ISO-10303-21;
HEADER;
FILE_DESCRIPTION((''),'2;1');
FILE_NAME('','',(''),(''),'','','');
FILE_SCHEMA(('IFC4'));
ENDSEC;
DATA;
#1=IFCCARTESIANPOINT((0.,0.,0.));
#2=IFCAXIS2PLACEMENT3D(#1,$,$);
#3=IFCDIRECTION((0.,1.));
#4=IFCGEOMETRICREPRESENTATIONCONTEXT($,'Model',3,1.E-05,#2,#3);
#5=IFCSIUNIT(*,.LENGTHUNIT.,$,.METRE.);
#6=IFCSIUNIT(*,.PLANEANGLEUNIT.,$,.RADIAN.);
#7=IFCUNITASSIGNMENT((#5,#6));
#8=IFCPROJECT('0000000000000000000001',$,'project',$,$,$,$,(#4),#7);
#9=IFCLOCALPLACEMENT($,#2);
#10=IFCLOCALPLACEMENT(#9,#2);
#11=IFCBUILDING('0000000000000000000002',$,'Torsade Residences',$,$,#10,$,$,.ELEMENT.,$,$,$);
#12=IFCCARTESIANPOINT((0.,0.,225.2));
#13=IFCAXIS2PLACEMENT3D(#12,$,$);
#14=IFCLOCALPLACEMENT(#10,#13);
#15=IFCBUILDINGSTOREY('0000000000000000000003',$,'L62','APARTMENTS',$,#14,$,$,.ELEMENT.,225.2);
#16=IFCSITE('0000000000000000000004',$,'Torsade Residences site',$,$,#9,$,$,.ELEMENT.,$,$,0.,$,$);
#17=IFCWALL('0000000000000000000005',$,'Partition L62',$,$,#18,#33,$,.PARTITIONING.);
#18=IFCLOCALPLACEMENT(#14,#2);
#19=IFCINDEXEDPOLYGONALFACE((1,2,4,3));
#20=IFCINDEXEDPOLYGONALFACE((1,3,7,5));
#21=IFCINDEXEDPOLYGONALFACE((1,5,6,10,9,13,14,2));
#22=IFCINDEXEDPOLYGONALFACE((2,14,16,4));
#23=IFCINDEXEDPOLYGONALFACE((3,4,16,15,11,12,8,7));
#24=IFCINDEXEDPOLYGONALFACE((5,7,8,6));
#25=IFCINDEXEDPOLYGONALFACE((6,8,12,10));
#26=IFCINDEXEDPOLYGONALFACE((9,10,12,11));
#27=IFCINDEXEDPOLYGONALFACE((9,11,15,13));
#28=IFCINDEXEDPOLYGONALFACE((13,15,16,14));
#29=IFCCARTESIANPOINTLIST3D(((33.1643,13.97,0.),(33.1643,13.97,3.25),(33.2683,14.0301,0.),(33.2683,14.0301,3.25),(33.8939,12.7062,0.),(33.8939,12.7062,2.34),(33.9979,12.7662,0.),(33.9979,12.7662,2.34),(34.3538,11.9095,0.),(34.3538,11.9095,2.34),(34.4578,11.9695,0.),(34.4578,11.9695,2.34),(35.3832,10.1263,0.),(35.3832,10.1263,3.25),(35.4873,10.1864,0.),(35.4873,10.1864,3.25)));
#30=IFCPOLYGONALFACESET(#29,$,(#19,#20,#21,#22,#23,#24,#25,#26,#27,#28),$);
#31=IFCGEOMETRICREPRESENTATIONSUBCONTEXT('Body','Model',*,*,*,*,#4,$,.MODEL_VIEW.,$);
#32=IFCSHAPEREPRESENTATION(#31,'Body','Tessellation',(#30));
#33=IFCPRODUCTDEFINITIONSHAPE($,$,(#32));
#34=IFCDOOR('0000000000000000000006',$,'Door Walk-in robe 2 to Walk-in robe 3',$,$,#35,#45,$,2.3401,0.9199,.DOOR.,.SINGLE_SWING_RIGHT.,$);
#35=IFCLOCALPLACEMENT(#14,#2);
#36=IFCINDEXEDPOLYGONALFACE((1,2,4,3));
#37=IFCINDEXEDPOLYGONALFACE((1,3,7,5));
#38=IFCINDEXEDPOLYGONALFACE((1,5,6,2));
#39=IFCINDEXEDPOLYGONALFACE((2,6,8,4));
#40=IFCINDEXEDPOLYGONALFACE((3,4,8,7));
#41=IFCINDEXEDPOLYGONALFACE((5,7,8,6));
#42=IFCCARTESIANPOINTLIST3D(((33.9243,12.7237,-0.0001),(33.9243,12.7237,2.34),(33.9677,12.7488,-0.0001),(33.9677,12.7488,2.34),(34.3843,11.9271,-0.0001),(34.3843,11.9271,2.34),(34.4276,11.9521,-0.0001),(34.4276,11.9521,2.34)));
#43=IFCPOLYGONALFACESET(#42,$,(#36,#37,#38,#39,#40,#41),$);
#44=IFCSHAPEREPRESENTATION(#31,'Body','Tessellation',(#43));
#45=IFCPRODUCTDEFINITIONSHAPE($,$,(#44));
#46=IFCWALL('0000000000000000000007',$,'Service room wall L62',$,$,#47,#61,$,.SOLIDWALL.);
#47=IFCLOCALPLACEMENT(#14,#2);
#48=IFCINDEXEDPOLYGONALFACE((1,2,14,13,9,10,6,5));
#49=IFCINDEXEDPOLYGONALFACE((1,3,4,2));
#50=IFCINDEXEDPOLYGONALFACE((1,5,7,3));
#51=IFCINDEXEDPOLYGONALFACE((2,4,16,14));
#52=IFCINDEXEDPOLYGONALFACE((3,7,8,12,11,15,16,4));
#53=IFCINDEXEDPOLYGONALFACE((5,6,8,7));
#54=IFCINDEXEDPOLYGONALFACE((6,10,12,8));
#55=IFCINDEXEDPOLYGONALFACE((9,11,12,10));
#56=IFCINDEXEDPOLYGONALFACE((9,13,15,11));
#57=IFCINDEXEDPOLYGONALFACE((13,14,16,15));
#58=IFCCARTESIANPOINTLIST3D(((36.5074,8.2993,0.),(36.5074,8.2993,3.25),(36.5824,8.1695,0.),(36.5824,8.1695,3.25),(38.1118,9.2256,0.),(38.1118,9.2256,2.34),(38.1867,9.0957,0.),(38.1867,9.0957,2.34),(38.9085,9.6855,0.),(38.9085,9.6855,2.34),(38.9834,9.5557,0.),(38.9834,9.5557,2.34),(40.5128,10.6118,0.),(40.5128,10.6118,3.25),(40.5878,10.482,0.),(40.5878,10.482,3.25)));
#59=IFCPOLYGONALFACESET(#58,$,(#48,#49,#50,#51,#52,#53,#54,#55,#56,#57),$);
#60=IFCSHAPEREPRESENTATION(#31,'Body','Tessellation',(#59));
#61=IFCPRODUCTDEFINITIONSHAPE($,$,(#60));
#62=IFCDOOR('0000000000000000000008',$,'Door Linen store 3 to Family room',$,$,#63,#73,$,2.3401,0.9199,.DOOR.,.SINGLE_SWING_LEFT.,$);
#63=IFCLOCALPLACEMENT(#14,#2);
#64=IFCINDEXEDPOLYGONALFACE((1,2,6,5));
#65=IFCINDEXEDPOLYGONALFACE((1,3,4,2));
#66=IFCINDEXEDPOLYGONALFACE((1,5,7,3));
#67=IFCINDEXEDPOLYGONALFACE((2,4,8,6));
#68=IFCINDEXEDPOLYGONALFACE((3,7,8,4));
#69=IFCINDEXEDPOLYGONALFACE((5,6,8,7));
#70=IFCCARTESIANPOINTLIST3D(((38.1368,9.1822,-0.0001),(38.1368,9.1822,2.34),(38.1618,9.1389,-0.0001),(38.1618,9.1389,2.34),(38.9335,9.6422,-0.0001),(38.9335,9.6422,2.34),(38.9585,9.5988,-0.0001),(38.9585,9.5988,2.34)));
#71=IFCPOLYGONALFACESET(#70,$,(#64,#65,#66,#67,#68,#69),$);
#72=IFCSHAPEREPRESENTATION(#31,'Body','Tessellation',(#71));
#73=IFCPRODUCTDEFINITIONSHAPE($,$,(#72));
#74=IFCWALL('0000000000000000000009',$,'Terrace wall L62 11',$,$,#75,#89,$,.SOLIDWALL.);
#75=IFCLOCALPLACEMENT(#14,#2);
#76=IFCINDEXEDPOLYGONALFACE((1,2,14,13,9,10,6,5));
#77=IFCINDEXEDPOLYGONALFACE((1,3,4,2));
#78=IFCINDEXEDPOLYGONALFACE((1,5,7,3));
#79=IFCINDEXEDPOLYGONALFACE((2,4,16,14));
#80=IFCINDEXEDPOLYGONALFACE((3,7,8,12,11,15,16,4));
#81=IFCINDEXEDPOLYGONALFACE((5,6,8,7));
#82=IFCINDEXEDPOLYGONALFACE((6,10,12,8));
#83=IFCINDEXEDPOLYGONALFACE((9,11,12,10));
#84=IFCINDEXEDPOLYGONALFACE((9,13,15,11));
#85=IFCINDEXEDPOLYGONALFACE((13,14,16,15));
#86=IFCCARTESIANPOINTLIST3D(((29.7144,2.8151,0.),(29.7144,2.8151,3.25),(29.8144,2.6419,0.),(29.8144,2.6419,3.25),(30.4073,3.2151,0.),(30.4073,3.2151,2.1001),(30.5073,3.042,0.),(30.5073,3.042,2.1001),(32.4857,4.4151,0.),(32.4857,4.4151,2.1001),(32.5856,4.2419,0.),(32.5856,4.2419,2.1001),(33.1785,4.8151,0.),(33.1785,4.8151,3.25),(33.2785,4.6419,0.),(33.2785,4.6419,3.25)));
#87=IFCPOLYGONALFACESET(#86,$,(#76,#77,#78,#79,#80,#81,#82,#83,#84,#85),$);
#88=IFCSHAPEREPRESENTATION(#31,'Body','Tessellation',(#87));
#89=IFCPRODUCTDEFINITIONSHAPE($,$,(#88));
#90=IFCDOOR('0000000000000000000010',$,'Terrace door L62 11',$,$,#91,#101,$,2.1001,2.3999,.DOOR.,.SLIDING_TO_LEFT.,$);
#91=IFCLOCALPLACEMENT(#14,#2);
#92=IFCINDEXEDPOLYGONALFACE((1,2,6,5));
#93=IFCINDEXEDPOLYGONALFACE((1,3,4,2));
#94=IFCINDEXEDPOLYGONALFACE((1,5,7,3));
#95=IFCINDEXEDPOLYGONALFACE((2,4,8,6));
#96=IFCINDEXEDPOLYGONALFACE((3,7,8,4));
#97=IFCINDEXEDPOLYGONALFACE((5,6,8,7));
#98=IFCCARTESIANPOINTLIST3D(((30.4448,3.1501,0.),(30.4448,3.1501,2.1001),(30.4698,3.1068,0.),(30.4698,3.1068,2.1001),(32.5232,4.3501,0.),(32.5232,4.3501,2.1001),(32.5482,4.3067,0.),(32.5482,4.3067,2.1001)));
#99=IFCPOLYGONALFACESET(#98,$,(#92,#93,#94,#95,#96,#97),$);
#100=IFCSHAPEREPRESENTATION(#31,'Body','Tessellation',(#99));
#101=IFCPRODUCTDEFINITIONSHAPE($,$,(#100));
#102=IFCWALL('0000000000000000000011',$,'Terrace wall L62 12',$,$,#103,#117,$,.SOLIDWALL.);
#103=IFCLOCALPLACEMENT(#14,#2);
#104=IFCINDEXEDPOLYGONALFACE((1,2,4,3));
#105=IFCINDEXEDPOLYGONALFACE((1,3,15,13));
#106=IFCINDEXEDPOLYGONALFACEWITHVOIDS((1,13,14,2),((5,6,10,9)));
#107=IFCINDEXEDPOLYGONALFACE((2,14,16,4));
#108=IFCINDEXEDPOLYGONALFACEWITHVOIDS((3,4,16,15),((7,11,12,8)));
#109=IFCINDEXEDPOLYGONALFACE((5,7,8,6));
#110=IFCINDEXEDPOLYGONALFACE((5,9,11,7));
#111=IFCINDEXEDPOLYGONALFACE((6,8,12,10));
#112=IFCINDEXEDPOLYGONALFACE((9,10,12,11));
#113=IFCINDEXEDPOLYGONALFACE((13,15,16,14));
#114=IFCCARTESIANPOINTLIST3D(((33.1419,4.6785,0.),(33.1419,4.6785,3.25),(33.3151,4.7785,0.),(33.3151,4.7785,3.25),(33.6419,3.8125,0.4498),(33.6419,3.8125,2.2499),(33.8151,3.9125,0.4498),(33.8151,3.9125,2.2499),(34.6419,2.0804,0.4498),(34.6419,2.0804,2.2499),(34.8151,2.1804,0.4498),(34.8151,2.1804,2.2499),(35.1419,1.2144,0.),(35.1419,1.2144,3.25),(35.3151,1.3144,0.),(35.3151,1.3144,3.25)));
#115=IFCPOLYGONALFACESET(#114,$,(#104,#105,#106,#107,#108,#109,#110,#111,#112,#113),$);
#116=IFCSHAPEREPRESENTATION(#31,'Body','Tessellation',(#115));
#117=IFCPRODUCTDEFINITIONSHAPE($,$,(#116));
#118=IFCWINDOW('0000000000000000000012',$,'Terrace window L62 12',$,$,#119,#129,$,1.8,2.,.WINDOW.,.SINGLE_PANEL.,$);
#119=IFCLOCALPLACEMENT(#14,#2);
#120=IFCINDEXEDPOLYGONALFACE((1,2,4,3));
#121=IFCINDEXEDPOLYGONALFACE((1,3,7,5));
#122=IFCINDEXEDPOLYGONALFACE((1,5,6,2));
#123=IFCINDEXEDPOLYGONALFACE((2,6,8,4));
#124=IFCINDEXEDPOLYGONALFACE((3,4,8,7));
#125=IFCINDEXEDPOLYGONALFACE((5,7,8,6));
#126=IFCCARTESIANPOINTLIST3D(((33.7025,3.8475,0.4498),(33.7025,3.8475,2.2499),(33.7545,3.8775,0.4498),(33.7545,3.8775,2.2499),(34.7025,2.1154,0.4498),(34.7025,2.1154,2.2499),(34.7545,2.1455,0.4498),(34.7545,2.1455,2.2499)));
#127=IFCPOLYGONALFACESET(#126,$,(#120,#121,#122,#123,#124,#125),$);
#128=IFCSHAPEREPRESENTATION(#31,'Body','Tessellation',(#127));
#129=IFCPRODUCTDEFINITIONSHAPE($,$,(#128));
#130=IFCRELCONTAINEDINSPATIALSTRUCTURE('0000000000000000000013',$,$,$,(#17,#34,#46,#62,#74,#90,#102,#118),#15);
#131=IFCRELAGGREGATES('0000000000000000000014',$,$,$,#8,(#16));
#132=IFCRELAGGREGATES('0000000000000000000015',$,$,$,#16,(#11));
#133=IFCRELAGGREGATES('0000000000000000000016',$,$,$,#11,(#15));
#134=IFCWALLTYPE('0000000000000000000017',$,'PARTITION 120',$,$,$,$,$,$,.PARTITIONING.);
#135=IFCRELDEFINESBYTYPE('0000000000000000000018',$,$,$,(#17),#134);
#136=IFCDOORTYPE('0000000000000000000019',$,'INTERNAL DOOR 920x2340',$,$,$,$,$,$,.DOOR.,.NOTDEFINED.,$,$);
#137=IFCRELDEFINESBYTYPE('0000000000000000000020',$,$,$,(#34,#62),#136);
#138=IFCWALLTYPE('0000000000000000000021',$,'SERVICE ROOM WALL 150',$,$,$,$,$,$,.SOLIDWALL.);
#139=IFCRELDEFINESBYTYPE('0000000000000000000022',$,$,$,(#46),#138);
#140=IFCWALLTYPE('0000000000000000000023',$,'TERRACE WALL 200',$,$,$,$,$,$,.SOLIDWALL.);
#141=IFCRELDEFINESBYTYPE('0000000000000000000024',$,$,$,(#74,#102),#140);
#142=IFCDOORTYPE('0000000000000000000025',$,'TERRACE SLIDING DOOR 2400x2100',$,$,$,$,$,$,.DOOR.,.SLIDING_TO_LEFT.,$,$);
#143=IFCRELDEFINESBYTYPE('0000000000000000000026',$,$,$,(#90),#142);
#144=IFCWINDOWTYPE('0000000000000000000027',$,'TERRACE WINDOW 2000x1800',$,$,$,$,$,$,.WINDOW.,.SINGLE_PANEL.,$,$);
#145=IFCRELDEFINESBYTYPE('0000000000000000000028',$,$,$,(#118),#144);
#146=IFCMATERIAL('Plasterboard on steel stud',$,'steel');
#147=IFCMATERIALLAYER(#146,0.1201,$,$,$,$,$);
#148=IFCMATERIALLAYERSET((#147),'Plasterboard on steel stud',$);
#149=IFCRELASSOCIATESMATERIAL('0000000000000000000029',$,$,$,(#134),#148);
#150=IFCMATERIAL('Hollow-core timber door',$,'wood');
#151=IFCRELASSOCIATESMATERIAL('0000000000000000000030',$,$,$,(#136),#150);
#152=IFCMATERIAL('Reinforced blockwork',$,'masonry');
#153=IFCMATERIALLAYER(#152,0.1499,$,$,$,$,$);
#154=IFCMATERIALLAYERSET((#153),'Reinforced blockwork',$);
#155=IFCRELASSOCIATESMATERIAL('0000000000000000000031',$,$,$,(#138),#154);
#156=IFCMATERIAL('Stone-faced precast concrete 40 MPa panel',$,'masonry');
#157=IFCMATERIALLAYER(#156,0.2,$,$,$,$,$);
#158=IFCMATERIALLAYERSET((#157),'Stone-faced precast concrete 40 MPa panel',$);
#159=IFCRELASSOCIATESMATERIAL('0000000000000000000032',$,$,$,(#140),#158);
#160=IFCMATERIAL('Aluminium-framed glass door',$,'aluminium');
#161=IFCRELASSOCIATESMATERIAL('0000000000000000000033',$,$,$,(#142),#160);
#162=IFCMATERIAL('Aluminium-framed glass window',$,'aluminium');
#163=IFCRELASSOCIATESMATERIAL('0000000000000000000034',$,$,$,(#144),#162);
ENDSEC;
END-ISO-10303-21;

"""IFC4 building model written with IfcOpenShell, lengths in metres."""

from ifc_helpers import new_model, si_unit, direction, frame, frame_2d, origin, place, context, subcontext, project, spatial, rectangle, extrude, material, layer, layer_set, type_object, element, fill, save


model = new_model("IFC4")

# Units and contexts
model_context = context("Model", 3, precision=1e-05, world=origin(), true_north=direction((0.0, 1.0)))
body_context = subcontext(model_context, "Body", "Model", "MODEL_VIEW")
ifc_project = project(units=[si_unit("LENGTHUNIT", "METRE"), si_unit("PLANEANGLEUNIT", "RADIAN")], contexts=[model_context])

# Site, building, storey
site_placement = place(None, origin())
site = spatial("IfcSite", under=ifc_project, at=site_placement, Name="Torsade Residences site", CompositionType="ELEMENT", RefElevation=0.0)
building_placement = place(site_placement, origin())
building = spatial("IfcBuilding", under=site, at=building_placement, Name="Torsade Residences", CompositionType="ELEMENT")
storey_placement = place(building_placement, frame((0.0, 0.0, 225.2)))
storey = spatial("IfcBuildingStorey", under=building, at=storey_placement, Name="L62", Description="APARTMENTS", CompositionType="ELEMENT", Elevation=225.2)

# Shared definitions
ifc_material_1 = material(Name="Plasterboard on steel stud", Category="steel")
ifc_layer_1 = layer(ifc_material_1, 0.1201)
ifc_layer_set_1 = layer_set([ifc_layer_1], Name="Plasterboard on steel stud")
wall_type_1 = type_object("IfcWallType", Name="PARTITION 120", PredefinedType="PARTITIONING", material=ifc_layer_set_1)

# Walls, openings, doors
wall_1_placement = place(storey_placement, frame((35.4353, 10.1562, 0.0), z_axis=(0.0, 0.0, 1.0), x_axis=(-0.499967, 0.866045, 0.0)))
wall_1 = element("IfcWall", 1, at=wall_1_placement, inside=storey, type_object=wall_type_1, Name="Partition L62", PredefinedType="PARTITIONING", context=body_context, shape_type="SweptSolid", body=[
    extrude(rectangle(XDim=4.4382, YDim=0.1201, at=frame_2d((2.2192, 0.0))), origin(), (0.0, 0.0, 1.0), 3.25),
])
opening_1_placement = place(wall_1_placement, frame((2.0591, 0.0, 0.0)))
opening_1 = element("IfcOpeningElement", 2, at=opening_1_placement, cuts=wall_1, PredefinedType="OPENING", context=body_context, shape_type="SweptSolid", body=[
    extrude(rectangle(XDim=0.9199, YDim=2.3401, at=frame_2d((0.46, 1.1699))), frame((0.0, 0.0701, 0.0), z_axis=(0.0, -1.0, 0.0), x_axis=(1.0, 0.0, 0.0)), (0.0, 0.0, 1.0), 0.1401),
])
ifc_material_2 = material(Name="Hollow-core timber door", Category="wood")
door_type_1 = type_object("IfcDoorType", Name="INTERNAL DOOR 920x2340", OperationType="NOTDEFINED", PredefinedType="DOOR", material=ifc_material_2)
door_1_placement = place(opening_1_placement, origin())
door_1 = element("IfcDoor", 3, at=door_1_placement, inside=storey, type_object=door_type_1, Name="Door Walk-in robe 2 to Walk-in robe 3", OperationType="SINGLE_SWING_RIGHT", OverallHeight=2.3401, OverallWidth=0.9199, PredefinedType="DOOR", context=body_context, shape_type="SweptSolid", body=[
    extrude(rectangle(XDim=0.9199, YDim=2.3401, at=frame_2d((0.46, 1.1699))), frame((0.0, 0.0249, 0.0), z_axis=(0.0, -1.0, 0.0), x_axis=(1.0, 0.0, 0.0)), (0.0, 0.0, 1.0), 0.05),
])
fill(opening_1, door_1)
ifc_material_3 = material(Name="Reinforced blockwork", Category="masonry")
ifc_layer_2 = layer(ifc_material_3, 0.1499)
ifc_layer_set_2 = layer_set([ifc_layer_2], Name="Reinforced blockwork")
wall_type_2 = type_object("IfcWallType", Name="SERVICE ROOM WALL 150", PredefinedType="SOLIDWALL", material=ifc_layer_set_2)
wall_2_placement = place(storey_placement, frame((36.5449, 8.2344, 0.0), z_axis=(0.0, 0.0, 1.0), x_axis=(0.866026, 0.5, 0.0)))
wall_2 = element("IfcWall", 4, at=wall_2_placement, inside=storey, type_object=wall_type_2, Name="Service room wall L62", PredefinedType="SOLIDWALL", context=body_context, shape_type="SweptSolid", body=[
    extrude(rectangle(XDim=4.625, YDim=0.1499, at=frame_2d((2.3125, 0.0))), origin(), (0.0, 0.0, 1.0), 3.25),
])
opening_2_placement = place(wall_2_placement, frame((1.8525, 0.0, 0.0)))
opening_2 = element("IfcOpeningElement", 5, at=opening_2_placement, cuts=wall_2, PredefinedType="OPENING", context=body_context, shape_type="SweptSolid", body=[
    extrude(rectangle(XDim=0.9199, YDim=2.3401, at=frame_2d((0.46, 1.1699))), frame((0.0, 0.085, 0.0), z_axis=(0.0, -1.0, 0.0), x_axis=(1.0, 0.0, 0.0)), (0.0, 0.0, 1.0), 0.1699),
])
door_2_placement = place(opening_2_placement, origin())
door_2 = element("IfcDoor", 6, at=door_2_placement, inside=storey, type_object=door_type_1, Name="Door Linen store 3 to Family room", OperationType="SINGLE_SWING_LEFT", OverallHeight=2.3401, OverallWidth=0.9199, PredefinedType="DOOR", context=body_context, shape_type="SweptSolid", body=[
    extrude(rectangle(XDim=0.9199, YDim=2.3401, at=frame_2d((0.46, 1.1699))), frame((0.0, 0.0249, 0.0), z_axis=(0.0, -1.0, 0.0), x_axis=(1.0, 0.0, 0.0)), (0.0, 0.0, 1.0), 0.05),
])
fill(opening_2, door_2)
ifc_material_4 = material(Name="Stone-faced precast concrete 40 MPa panel", Category="masonry")
ifc_layer_3 = layer(ifc_material_4, 0.2)
ifc_layer_set_3 = layer_set([ifc_layer_3], Name="Stone-faced precast concrete 40 MPa panel")
wall_type_3 = type_object("IfcWallType", Name="TERRACE WALL 200", PredefinedType="SOLIDWALL", material=ifc_layer_set_3)
wall_3_placement = place(storey_placement, frame((29.7644, 2.7285, 0.0), z_axis=(0.0, 0.0, 1.0), x_axis=(0.866026, 0.499999, 0.0)))
wall_3 = element("IfcWall", 7, at=wall_3_placement, inside=storey, type_object=wall_type_3, Name="Terrace wall L62 11", PredefinedType="SOLIDWALL", context=body_context, shape_type="SweptSolid", body=[
    extrude(rectangle(XDim=4.0, YDim=0.2, at=frame_2d((2.0, 0.0))), origin(), (0.0, 0.0, 1.0), 3.25),
])
opening_3_placement = place(wall_3_placement, frame((0.8, 0.0, 0.0)))
opening_3 = element("IfcOpeningElement", 8, at=opening_3_placement, cuts=wall_3, PredefinedType="OPENING", context=body_context, shape_type="SweptSolid", body=[
    extrude(rectangle(XDim=2.3999, YDim=2.1001, at=frame_2d((1.2, 1.05))), frame((0.0, 0.1099, 0.0), z_axis=(0.0, -1.0, 0.0), x_axis=(1.0, 0.0, 0.0)), (0.0, 0.0, 1.0), 0.22),
])
ifc_material_5 = material(Name="Aluminium-framed glass door", Category="aluminium")
door_type_2 = type_object("IfcDoorType", Name="TERRACE SLIDING DOOR 2400x2100", OperationType="SLIDING_TO_LEFT", PredefinedType="DOOR", material=ifc_material_5)
door_3_placement = place(opening_3_placement, origin())
door_3 = element("IfcDoor", 9, at=door_3_placement, inside=storey, type_object=door_type_2, Name="Terrace door L62 11", OperationType="SLIDING_TO_LEFT", OverallHeight=2.1001, OverallWidth=2.3999, PredefinedType="DOOR", context=body_context, shape_type="SweptSolid", body=[
    extrude(rectangle(XDim=2.3999, YDim=2.1001, at=frame_2d((1.2, 1.05))), frame((0.0, 0.0249, 0.0), z_axis=(0.0, -1.0, 0.0), x_axis=(1.0, 0.0, 0.0)), (0.0, 0.0, 1.0), 0.05),
])
fill(opening_3, door_3)

# Wall, opening, window
wall_4_placement = place(storey_placement, frame((33.2285, 4.7285, 0.0), z_axis=(0.0, 0.0, 1.0), x_axis=(0.499999, -0.866026, 0.0)))
wall_4 = element("IfcWall", 10, at=wall_4_placement, inside=storey, type_object=wall_type_3, Name="Terrace wall L62 12", PredefinedType="SOLIDWALL", context=body_context, shape_type="SweptSolid", body=[
    extrude(rectangle(XDim=4.0, YDim=0.2, at=frame_2d((2.0, 0.0))), origin(), (0.0, 0.0, 1.0), 3.25),
])
opening_4_placement = place(wall_4_placement, frame((1.0, 0.0, 0.45)))
opening_4 = element("IfcOpeningElement", 11, at=opening_4_placement, cuts=wall_4, PredefinedType="OPENING", context=body_context, shape_type="SweptSolid", body=[
    extrude(rectangle(XDim=2.0, YDim=1.8, at=frame_2d((1.0, 0.8999))), frame((0.0, 0.1099, 0.0), z_axis=(0.0, -1.0, 0.0), x_axis=(1.0, 0.0, 0.0)), (0.0, 0.0, 1.0), 0.22),
])
ifc_material_6 = material(Name="Aluminium-framed glass window", Category="aluminium")
window_type = type_object("IfcWindowType", Name="TERRACE WINDOW 2000x1800", PartitioningType="SINGLE_PANEL", PredefinedType="WINDOW", material=ifc_material_6)
window_placement = place(opening_4_placement, origin())
window = element("IfcWindow", 12, at=window_placement, inside=storey, type_object=window_type, Name="Terrace window L62 12", OverallHeight=1.8, OverallWidth=2.0, PartitioningType="SINGLE_PANEL", PredefinedType="WINDOW", context=body_context, shape_type="SweptSolid", body=[
    extrude(rectangle(XDim=2.0, YDim=1.8, at=frame_2d((1.0, 0.8999))), frame((0.0, 0.03, 0.0), z_axis=(0.0, -1.0, 0.0), x_axis=(1.0, 0.0, 0.0)), (0.0, 0.0, 1.0), 0.0601),
])
fill(opening_4, window)

save(model, "model.ifc")
